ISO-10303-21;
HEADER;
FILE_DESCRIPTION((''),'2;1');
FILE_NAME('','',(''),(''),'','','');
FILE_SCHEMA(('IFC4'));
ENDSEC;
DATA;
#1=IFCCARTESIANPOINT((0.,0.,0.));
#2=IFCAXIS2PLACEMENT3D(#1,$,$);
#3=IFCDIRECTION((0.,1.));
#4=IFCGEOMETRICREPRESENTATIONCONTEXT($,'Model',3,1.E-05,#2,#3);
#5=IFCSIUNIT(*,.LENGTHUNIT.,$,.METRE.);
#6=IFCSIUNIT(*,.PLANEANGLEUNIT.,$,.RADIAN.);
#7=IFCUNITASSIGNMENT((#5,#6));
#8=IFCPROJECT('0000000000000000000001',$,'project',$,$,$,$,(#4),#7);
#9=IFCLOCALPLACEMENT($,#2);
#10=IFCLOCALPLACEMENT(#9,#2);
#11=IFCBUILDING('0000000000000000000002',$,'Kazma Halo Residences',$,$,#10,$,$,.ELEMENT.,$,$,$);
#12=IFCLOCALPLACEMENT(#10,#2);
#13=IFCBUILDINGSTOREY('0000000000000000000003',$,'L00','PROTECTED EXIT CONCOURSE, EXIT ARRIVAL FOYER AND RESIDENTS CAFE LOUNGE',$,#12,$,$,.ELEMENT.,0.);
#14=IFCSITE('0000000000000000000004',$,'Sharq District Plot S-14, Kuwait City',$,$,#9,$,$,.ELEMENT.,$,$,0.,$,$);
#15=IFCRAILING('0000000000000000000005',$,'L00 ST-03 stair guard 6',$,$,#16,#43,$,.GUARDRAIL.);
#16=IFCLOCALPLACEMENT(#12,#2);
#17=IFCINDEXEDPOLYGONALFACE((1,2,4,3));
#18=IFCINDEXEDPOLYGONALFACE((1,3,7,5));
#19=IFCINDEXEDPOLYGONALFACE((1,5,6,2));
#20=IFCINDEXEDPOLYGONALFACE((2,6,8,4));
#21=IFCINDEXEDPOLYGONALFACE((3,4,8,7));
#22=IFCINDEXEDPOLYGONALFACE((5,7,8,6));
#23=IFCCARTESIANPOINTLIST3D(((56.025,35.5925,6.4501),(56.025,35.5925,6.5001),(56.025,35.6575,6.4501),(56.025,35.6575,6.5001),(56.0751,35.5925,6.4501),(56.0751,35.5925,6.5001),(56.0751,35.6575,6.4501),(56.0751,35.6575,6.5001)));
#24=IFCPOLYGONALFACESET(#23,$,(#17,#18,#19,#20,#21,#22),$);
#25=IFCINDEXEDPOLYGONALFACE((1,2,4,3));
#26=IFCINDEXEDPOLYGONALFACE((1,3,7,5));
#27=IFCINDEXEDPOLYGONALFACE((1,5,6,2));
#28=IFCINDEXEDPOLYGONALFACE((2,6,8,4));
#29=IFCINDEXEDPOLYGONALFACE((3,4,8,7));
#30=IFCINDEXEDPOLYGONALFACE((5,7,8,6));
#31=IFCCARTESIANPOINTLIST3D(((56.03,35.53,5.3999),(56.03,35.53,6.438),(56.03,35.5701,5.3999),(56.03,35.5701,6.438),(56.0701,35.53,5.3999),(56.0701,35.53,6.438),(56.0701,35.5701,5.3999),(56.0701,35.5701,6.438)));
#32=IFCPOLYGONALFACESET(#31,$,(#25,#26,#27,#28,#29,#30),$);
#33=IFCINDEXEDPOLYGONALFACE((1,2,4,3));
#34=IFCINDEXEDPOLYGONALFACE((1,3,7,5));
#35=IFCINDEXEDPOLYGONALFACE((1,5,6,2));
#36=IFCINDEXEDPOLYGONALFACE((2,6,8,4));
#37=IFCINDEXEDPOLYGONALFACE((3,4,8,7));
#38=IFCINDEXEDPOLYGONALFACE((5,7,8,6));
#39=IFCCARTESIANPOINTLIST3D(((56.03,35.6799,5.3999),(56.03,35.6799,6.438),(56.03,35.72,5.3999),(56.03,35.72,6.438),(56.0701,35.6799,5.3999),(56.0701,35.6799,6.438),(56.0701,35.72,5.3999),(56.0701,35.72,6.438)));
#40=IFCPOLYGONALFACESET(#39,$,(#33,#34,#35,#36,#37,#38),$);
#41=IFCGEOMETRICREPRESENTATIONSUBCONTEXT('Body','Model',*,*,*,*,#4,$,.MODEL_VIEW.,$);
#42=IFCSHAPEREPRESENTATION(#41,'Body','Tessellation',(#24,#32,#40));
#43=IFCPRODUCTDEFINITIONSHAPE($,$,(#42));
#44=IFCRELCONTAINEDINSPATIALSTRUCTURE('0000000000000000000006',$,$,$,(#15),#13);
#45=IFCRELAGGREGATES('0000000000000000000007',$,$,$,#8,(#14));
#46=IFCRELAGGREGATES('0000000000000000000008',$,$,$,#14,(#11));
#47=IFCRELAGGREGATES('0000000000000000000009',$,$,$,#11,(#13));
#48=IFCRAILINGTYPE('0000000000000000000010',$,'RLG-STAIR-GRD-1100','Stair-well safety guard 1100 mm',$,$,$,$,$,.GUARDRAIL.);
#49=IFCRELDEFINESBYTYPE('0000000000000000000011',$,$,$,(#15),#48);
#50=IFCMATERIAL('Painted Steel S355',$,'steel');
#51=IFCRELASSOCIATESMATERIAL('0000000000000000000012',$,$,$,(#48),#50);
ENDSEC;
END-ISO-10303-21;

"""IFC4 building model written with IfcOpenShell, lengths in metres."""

from ifc_helpers import new_model, si_unit, direction, frame, origin, origin_2d, place, context, subcontext, project, spatial, rectangle, extrude, material, type_object, element, save


model = new_model("IFC4")

# Units and contexts
model_context = context("Model", 3, precision=1e-05, world=origin(), true_north=direction((0.0, 1.0)))
body_context = subcontext(model_context, "Body", "Model", "MODEL_VIEW")
ifc_project = project(units=[si_unit("LENGTHUNIT", "METRE"), si_unit("PLANEANGLEUNIT", "RADIAN")], contexts=[model_context])

# Site, building, storey
site_placement = place(None, origin())
site = spatial("IfcSite", under=ifc_project, at=site_placement, Name="Sharq District Plot S-14, Kuwait City", CompositionType="ELEMENT", RefElevation=0.0)
building_placement = place(site_placement, origin())
building = spatial("IfcBuilding", under=site, at=building_placement, Name="Kazma Halo Residences", CompositionType="ELEMENT")
storey_placement = place(building_placement, origin())
storey = spatial("IfcBuildingStorey", under=building, at=storey_placement, Name="L00", Description="PROTECTED EXIT CONCOURSE, EXIT ARRIVAL FOYER AND RESIDENTS CAFE LOUNGE", CompositionType="ELEMENT", Elevation=0.0)

# Railing
ifc_material_1 = material(Name="Painted Steel S355", Category="steel")
railing_type_1 = type_object("IfcRailingType", Name="RLG-STAIR-GRD-1100", Description="Stair-well safety guard 1100 mm", PredefinedType="GUARDRAIL", material=ifc_material_1)
for number, where, name in (
    (1, (56.05, 35.55, 5.3999), "L00 ST-03 stair guard 6"),
):
    element("IfcRailing", number, at=place(storey_placement, frame(where)), inside=storey, type_object=railing_type_1, Name=name, PredefinedType="GUARDRAIL", context=body_context, shape_type="SweptSolid", body=[
        extrude(rectangle(XDim=0.05, YDim=0.05, at=origin_2d()), frame((0.0, 0.0425, 1.0752), z_axis=(0.0, 1.0, 0.0), x_axis=(-1.0, 0.0, 0.0)), (0.0, 0.0, 1.0), 0.0649),
        extrude(rectangle(XDim=0.04, YDim=0.04, at=origin_2d()), origin(), (0.0, 0.0, 1.0), 1.0381),
        extrude(rectangle(XDim=0.04, YDim=0.04, at=origin_2d()), frame((0.0, 0.1499, 0.0)), (0.0, 0.0, 1.0), 1.0381),
    ])

save(model, "model.ifc")
